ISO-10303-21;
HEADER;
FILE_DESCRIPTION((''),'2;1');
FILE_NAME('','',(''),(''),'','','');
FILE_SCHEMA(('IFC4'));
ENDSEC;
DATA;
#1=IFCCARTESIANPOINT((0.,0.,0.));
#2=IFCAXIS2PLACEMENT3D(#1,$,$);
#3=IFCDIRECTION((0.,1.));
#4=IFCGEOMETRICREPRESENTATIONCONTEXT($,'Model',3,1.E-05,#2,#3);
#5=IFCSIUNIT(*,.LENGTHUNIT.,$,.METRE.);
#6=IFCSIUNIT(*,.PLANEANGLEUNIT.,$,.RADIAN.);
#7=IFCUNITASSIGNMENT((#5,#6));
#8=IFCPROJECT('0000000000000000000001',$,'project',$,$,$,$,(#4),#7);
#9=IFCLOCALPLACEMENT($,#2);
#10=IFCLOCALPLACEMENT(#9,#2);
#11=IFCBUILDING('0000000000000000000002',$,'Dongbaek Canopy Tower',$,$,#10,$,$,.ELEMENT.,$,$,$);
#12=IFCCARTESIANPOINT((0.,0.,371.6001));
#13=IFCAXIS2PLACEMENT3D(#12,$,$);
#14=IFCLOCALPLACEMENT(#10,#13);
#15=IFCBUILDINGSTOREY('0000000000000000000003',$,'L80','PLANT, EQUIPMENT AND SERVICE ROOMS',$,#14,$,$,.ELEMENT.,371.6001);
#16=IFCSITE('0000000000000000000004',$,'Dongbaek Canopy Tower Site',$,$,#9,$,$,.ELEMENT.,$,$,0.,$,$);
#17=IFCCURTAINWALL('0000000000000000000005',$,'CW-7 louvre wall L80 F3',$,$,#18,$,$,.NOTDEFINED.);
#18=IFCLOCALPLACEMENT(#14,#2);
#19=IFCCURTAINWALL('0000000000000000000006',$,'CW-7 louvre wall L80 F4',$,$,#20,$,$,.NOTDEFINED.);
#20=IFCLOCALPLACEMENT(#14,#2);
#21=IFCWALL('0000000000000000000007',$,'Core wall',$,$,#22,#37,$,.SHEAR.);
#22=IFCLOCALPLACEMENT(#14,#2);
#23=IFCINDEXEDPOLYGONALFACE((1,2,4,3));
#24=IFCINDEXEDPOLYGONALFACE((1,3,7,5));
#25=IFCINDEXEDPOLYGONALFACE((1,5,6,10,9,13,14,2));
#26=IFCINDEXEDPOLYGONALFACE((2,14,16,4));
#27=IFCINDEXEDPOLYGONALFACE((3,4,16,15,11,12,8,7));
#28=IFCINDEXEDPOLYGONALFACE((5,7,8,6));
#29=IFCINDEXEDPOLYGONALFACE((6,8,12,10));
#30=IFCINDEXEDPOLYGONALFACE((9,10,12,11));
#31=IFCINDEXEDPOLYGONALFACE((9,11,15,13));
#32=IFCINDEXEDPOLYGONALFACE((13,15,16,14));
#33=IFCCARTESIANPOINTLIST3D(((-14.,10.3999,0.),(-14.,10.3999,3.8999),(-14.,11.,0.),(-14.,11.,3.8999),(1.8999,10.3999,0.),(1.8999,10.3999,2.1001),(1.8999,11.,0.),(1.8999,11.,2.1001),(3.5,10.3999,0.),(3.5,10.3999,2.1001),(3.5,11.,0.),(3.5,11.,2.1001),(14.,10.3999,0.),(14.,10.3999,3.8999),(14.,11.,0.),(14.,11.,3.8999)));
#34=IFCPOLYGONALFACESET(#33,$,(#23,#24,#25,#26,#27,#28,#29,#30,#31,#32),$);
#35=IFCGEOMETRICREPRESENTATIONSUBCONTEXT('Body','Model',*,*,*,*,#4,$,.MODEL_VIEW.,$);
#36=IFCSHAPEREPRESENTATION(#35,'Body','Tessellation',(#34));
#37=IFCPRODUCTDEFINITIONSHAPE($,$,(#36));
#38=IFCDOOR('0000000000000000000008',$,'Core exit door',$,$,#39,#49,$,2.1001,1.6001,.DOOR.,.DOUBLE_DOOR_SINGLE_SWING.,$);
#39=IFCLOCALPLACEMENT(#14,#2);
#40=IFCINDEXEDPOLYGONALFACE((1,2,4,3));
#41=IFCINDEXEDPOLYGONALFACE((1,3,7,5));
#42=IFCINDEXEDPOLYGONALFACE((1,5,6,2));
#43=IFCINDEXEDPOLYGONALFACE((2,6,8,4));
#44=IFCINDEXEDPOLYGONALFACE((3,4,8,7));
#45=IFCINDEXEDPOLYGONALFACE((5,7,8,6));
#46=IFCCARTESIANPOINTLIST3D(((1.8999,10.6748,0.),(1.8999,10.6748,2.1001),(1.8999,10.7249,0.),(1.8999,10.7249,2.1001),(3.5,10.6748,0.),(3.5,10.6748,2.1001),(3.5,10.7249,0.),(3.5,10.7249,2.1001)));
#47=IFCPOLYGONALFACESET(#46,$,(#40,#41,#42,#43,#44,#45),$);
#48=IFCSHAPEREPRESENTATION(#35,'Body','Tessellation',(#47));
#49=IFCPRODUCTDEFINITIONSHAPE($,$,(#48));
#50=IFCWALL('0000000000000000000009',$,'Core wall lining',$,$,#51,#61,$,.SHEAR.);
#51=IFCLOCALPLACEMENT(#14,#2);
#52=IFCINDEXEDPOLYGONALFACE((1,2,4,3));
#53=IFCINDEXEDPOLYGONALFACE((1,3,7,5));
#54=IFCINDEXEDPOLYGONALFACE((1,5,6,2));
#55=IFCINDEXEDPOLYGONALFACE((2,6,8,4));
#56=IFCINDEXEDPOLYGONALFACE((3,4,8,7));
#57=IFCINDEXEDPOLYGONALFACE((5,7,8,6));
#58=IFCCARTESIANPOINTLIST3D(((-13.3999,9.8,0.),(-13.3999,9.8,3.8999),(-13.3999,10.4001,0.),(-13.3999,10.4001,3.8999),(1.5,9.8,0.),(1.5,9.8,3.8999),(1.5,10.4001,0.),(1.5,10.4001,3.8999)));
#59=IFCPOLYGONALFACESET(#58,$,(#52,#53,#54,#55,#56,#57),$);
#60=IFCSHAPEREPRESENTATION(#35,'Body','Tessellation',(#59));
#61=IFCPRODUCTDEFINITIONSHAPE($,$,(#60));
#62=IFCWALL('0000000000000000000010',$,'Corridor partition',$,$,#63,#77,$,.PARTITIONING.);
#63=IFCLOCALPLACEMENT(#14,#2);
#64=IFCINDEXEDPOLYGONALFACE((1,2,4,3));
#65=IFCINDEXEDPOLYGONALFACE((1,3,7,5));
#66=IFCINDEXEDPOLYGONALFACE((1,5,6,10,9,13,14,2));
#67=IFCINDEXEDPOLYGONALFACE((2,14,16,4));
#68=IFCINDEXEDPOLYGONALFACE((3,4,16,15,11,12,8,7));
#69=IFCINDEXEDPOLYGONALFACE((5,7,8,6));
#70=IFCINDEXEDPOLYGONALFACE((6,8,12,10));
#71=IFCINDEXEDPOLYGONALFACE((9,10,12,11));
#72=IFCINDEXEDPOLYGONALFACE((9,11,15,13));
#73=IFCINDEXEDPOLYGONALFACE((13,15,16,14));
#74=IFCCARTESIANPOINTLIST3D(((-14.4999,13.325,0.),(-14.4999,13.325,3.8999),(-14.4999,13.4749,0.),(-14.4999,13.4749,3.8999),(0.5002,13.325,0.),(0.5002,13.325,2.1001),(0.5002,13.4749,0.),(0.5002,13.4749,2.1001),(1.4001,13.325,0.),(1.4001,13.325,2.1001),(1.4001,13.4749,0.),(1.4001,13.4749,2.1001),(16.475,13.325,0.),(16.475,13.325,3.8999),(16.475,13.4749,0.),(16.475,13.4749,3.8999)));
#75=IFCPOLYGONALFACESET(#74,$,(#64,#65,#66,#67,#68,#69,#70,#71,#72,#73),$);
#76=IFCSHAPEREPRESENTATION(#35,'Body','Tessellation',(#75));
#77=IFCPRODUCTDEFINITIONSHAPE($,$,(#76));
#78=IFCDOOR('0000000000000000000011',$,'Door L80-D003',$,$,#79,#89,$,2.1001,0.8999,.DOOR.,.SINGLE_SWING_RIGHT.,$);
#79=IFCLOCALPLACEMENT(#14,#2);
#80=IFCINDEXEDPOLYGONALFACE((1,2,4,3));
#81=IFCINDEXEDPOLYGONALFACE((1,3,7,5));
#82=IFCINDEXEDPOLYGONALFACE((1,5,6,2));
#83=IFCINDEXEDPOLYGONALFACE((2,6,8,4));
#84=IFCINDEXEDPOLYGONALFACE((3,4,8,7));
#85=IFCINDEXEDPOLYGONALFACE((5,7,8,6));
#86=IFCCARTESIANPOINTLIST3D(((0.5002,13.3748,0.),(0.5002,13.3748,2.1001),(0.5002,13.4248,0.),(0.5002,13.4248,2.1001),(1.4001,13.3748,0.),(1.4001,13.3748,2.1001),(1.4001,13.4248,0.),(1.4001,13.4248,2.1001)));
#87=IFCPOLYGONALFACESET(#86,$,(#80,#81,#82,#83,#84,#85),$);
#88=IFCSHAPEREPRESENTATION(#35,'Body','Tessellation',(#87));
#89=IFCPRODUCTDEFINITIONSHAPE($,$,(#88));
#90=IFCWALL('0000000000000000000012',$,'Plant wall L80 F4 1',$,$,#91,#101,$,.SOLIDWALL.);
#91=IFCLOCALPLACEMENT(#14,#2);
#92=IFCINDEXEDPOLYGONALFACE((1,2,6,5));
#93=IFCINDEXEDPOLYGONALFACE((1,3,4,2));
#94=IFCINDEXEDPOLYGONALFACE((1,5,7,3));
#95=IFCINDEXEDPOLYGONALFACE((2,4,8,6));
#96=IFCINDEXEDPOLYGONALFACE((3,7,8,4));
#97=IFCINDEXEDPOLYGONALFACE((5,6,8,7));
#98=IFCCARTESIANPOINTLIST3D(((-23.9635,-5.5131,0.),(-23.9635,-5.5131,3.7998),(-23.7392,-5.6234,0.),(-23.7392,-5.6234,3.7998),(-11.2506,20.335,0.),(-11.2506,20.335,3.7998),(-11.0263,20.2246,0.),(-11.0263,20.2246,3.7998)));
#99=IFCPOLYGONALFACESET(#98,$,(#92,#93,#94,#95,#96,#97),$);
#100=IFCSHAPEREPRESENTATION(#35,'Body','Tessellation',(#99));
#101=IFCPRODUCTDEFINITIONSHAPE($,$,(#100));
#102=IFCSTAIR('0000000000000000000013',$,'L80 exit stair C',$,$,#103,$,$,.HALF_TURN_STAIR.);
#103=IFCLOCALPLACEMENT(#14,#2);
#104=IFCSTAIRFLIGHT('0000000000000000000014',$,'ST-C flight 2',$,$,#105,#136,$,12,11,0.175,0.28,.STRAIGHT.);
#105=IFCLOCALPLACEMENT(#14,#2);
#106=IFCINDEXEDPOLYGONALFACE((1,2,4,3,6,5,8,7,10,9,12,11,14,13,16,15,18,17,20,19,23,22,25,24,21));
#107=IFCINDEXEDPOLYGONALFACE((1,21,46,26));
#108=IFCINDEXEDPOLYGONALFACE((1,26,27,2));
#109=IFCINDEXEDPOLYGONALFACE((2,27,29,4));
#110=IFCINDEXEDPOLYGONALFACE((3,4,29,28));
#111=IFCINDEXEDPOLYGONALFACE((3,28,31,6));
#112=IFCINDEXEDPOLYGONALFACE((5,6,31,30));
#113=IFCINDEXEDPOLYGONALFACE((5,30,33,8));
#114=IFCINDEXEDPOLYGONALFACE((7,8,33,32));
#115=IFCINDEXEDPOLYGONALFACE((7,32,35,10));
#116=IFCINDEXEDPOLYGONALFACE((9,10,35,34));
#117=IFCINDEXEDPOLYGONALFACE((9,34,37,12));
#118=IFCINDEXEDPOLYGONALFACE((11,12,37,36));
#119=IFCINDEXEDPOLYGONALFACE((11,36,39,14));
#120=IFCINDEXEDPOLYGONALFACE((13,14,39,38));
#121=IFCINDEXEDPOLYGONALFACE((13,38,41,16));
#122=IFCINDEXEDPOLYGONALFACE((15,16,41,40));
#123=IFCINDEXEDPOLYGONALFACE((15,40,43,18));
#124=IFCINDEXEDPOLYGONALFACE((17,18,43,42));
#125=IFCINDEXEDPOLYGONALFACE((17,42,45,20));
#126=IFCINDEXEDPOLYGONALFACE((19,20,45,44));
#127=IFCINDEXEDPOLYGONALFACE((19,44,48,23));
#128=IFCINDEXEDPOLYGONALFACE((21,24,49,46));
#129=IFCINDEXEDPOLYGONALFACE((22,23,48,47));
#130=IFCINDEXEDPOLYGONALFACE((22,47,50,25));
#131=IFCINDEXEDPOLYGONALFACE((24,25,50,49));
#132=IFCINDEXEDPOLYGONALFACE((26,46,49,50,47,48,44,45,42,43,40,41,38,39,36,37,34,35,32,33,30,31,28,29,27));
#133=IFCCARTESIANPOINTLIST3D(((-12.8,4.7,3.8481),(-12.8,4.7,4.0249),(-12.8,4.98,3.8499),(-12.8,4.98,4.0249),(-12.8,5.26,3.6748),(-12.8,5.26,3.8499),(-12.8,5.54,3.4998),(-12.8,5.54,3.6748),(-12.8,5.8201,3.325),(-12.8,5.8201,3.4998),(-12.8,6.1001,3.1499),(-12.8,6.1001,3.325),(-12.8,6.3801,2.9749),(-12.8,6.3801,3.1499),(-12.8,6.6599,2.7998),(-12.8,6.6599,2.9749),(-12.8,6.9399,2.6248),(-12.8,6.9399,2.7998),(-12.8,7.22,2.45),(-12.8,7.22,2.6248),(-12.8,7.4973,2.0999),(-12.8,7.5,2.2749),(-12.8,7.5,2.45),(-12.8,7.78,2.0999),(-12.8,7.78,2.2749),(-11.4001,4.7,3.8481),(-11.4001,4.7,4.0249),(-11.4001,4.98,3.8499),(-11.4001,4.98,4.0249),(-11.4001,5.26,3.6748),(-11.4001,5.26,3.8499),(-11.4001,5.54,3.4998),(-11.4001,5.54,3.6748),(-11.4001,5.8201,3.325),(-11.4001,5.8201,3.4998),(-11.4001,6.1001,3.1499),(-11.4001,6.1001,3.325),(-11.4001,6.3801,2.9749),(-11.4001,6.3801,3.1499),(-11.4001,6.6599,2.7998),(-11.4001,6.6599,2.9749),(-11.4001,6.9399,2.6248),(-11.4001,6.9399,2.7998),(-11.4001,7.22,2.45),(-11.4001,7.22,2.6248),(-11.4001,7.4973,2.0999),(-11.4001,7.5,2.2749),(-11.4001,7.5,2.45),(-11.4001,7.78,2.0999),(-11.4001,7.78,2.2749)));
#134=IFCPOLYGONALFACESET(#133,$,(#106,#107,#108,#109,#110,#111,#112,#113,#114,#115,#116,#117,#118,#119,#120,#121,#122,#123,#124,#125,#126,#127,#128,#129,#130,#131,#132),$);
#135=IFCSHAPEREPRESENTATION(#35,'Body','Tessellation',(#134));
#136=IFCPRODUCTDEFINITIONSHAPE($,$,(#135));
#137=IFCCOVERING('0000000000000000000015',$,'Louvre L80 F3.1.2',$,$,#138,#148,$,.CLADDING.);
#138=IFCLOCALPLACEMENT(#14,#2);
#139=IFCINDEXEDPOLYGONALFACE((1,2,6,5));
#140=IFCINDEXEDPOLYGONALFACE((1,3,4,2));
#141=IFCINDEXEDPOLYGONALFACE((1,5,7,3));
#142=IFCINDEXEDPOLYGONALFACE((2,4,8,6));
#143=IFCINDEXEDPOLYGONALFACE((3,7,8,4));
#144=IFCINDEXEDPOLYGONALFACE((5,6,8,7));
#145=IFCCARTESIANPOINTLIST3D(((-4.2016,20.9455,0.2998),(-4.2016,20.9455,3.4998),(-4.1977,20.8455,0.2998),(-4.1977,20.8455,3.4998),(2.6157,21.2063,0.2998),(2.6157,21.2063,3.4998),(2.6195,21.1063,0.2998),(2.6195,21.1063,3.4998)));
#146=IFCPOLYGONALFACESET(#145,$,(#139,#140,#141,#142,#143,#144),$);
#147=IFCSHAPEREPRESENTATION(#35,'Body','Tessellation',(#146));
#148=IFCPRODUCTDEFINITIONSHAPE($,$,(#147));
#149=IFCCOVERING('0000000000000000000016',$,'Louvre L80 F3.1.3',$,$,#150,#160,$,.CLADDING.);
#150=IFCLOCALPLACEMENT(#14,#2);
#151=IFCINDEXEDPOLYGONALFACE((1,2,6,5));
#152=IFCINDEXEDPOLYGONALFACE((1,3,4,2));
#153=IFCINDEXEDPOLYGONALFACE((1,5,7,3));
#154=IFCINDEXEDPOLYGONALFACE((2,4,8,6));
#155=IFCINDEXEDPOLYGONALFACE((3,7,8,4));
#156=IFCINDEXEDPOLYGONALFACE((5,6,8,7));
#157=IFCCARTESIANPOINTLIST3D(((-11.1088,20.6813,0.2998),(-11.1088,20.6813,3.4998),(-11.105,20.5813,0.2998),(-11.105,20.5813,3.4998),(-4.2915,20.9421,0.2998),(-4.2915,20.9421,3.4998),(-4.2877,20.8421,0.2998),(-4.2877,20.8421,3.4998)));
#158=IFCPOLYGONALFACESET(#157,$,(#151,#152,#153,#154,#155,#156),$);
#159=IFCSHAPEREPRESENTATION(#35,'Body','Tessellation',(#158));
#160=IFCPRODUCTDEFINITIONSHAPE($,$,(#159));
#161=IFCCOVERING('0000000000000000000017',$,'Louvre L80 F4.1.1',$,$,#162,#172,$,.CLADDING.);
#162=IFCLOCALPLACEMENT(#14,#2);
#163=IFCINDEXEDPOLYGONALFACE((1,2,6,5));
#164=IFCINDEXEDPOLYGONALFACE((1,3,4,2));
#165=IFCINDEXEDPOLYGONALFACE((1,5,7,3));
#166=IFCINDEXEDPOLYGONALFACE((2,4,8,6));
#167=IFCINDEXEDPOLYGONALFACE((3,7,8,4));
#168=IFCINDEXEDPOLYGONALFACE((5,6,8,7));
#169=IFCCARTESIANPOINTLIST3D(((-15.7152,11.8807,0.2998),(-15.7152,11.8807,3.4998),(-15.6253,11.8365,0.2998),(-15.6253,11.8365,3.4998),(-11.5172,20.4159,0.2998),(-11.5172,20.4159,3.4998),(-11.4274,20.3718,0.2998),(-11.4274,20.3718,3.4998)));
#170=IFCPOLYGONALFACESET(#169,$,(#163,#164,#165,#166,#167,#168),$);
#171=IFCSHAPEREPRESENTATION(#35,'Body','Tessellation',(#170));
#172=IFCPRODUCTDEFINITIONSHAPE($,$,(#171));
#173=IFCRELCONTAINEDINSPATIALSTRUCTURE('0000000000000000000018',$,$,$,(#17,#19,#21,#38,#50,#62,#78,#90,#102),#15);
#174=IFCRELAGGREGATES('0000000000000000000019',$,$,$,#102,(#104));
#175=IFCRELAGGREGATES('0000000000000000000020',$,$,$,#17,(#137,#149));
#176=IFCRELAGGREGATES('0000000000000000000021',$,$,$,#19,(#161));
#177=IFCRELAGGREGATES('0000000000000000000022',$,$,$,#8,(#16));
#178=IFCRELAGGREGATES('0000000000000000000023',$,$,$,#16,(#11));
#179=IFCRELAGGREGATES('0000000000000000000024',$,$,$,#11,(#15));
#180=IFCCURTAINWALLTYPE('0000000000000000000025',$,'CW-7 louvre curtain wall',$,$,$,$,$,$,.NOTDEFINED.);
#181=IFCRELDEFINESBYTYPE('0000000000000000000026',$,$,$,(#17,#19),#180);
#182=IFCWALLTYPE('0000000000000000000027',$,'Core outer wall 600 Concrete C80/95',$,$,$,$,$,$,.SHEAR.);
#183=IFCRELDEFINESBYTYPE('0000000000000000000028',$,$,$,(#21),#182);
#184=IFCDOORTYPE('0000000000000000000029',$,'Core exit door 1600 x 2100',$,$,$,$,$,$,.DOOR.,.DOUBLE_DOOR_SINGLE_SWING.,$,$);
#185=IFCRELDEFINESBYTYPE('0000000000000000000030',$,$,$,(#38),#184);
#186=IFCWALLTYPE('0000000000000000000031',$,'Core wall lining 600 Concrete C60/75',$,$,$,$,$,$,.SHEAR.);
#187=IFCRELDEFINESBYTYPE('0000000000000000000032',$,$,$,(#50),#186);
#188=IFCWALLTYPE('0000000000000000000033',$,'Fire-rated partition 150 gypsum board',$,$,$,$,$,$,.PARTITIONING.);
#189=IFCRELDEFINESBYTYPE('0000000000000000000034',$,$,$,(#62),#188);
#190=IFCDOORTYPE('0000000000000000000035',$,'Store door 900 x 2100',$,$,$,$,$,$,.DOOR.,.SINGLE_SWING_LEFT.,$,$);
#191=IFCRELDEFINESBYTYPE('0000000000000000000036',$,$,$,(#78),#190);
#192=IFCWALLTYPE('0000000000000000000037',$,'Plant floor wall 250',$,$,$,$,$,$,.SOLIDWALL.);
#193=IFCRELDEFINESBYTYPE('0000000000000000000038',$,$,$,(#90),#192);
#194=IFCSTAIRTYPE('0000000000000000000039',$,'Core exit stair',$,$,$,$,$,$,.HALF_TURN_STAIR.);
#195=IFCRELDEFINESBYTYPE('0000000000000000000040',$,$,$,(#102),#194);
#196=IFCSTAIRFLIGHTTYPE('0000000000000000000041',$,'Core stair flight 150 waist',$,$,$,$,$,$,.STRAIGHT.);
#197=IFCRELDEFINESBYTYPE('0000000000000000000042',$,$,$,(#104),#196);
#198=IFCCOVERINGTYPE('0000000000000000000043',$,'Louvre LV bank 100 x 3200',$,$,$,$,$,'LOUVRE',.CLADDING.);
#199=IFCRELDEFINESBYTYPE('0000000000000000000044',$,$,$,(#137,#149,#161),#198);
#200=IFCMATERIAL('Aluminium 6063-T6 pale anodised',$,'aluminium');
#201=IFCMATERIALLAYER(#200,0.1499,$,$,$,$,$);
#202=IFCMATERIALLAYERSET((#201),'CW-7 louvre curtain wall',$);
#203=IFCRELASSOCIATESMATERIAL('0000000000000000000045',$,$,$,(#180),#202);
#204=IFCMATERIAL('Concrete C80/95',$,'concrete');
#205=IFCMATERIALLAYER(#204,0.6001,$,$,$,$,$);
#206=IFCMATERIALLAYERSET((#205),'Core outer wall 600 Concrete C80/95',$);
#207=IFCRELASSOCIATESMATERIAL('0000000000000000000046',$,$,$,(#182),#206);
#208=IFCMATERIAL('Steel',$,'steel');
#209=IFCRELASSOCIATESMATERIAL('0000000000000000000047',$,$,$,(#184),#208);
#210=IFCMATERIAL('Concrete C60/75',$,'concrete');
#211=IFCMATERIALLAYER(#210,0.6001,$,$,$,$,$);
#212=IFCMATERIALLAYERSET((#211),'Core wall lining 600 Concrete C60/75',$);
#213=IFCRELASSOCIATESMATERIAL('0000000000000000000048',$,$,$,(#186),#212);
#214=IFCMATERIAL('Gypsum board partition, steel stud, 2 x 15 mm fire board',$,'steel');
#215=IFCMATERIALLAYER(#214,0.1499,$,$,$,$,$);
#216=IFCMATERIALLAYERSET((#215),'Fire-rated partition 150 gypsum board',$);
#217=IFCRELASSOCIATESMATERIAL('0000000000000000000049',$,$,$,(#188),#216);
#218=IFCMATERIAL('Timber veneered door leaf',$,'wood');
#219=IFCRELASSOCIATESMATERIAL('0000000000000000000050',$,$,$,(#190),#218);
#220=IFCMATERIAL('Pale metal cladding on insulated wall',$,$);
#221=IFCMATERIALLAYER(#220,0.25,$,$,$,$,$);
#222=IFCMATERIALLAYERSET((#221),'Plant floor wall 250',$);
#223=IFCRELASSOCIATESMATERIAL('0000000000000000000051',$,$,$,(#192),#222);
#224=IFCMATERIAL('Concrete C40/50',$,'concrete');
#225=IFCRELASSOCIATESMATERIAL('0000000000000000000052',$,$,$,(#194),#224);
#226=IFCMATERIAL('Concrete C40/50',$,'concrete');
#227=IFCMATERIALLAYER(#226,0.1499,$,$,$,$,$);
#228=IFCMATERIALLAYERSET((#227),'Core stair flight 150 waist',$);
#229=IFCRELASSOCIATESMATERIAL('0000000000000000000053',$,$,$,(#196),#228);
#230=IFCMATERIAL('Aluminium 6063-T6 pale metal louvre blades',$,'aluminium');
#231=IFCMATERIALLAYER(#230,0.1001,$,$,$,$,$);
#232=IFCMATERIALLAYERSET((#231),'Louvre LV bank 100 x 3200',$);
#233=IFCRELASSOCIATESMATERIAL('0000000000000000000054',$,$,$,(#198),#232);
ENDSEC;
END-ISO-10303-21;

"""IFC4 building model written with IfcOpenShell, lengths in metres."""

from ifc_helpers import new_model, si_unit, direction, frame, frame_2d, origin, origin_2d, place, context, subcontext, project, spatial, polyline, rectangle, outline, extrude, material, layer, layer_set, type_object, element, fill, aggregate, save


model = new_model("IFC4")

# Units and contexts
model_context = context("Model", 3, precision=1e-05, world=origin(), true_north=direction((0.0, 1.0)))
body_context = subcontext(model_context, "Body", "Model", "MODEL_VIEW")
ifc_project = project(units=[si_unit("LENGTHUNIT", "METRE"), si_unit("PLANEANGLEUNIT", "RADIAN")], contexts=[model_context])

# Site, building, storey
site_placement = place(None, origin())
site = spatial("IfcSite", under=ifc_project, at=site_placement, Name="Dongbaek Canopy Tower Site", CompositionType="ELEMENT", RefElevation=0.0)
building_placement = place(site_placement, origin())
building = spatial("IfcBuilding", under=site, at=building_placement, Name="Dongbaek Canopy Tower", CompositionType="ELEMENT")
storey_placement = place(building_placement, frame((0.0, 0.0, 371.6001)))
storey = spatial("IfcBuildingStorey", under=building, at=storey_placement, Name="L80", Description="PLANT, EQUIPMENT AND SERVICE ROOMS", CompositionType="ELEMENT", Elevation=371.6001)

# Curtain walls
ifc_material_1 = material(Name="Aluminium 6063-T6 pale anodised", Category="aluminium")
ifc_layer_1 = layer(ifc_material_1, 0.1499)
ifc_layer_set_1 = layer_set([ifc_layer_1], Name="CW-7 louvre curtain wall")
curtain_wall_type = type_object("IfcCurtainWallType", Name="CW-7 louvre curtain wall", PredefinedType="NOTDEFINED", material=ifc_layer_set_1)
curtain_wall_1_placement = place(storey_placement, origin())
curtain_wall_1 = element("IfcCurtainWall", 1, at=curtain_wall_1_placement, inside=storey, type_object=curtain_wall_type, Name="CW-7 louvre wall L80 F3", PredefinedType="NOTDEFINED")
curtain_wall_2_placement = place(storey_placement, origin())
curtain_wall_2 = element("IfcCurtainWall", 2, at=curtain_wall_2_placement, inside=storey, type_object=curtain_wall_type, Name="CW-7 louvre wall L80 F4", PredefinedType="NOTDEFINED")

# Wall, opening, door
ifc_material_2 = material(Name="Concrete C80/95", Category="concrete")
ifc_layer_2 = layer(ifc_material_2, 0.6001)
ifc_layer_set_2 = layer_set([ifc_layer_2], Name="Core outer wall 600 Concrete C80/95")
wall_type_1 = type_object("IfcWallType", Name="Core outer wall 600 Concrete C80/95", PredefinedType="SHEAR", material=ifc_layer_set_2)
wall_1_placement = place(storey_placement, frame((-14.0, 10.7, 0.0), z_axis=(0.0, 0.0, 1.0), x_axis=(1.0, 0.0, 0.0)))
wall_1 = element("IfcWall", 3, at=wall_1_placement, inside=storey, type_object=wall_type_1, Name="Core wall", PredefinedType="SHEAR", context=body_context, shape_type="SweptSolid", body=[
    extrude(rectangle(XDim=28.0, YDim=0.6001, at=frame_2d((14.0, 0.0))), origin(), (0.0, 0.0, 1.0), 3.8999),
])
opening_1_placement = place(wall_1_placement, frame((15.8999, 0.0, 0.0)))
opening_1 = element("IfcOpeningElement", 4, at=opening_1_placement, cuts=wall_1, PredefinedType="OPENING", context=body_context, shape_type="SweptSolid", body=[
    extrude(rectangle(XDim=1.6001, YDim=2.1001, at=frame_2d((0.8, 1.05))), frame((0.0, 0.3101, 0.0), z_axis=(0.0, -1.0, 0.0), x_axis=(1.0, 0.0, 0.0)), (0.0, 0.0, 1.0), 0.6201),
])
ifc_material_3 = material(Name="Steel", Category="steel")
door_type_1 = type_object("IfcDoorType", Name="Core exit door 1600 x 2100", OperationType="DOUBLE_DOOR_SINGLE_SWING", PredefinedType="DOOR", material=ifc_material_3)
door_1_placement = place(opening_1_placement, origin())
door_1 = element("IfcDoor", 5, at=door_1_placement, inside=storey, type_object=door_type_1, Name="Core exit door", OperationType="DOUBLE_DOOR_SINGLE_SWING", OverallHeight=2.1001, OverallWidth=1.6001, PredefinedType="DOOR", context=body_context, shape_type="SweptSolid", body=[
    extrude(rectangle(XDim=1.6001, YDim=2.1001, at=frame_2d((0.8, 1.05))), frame((0.0, 0.0249, 0.0), z_axis=(0.0, -1.0, 0.0), x_axis=(1.0, 0.0, 0.0)), (0.0, 0.0, 1.0), 0.05),
])
fill(opening_1, door_1)

# Wall
ifc_material_4 = material(Name="Concrete C60/75", Category="concrete")
ifc_layer_3 = layer(ifc_material_4, 0.6001)
ifc_layer_set_3 = layer_set([ifc_layer_3], Name="Core wall lining 600 Concrete C60/75")
wall_type_2 = type_object("IfcWallType", Name="Core wall lining 600 Concrete C60/75", PredefinedType="SHEAR", material=ifc_layer_set_3)
wall_2_placement = place(storey_placement, frame((-13.3999, 10.1001, 0.0), z_axis=(0.0, 0.0, 1.0), x_axis=(1.0, 0.0, 0.0)))
element("IfcWall", 6, at=wall_2_placement, inside=storey, type_object=wall_type_2, Name="Core wall lining", PredefinedType="SHEAR", context=body_context, shape_type="SweptSolid", body=[
    extrude(rectangle(XDim=14.8999, YDim=0.6001, at=frame_2d((7.45, 0.0))), origin(), (0.0, 0.0, 1.0), 3.8999),
])

# Wall, opening, door
ifc_material_5 = material(Name="Gypsum board partition, steel stud, 2 x 15 mm fire board", Category="steel")
ifc_layer_4 = layer(ifc_material_5, 0.1499)
ifc_layer_set_4 = layer_set([ifc_layer_4], Name="Fire-rated partition 150 gypsum board")
wall_type_3 = type_object("IfcWallType", Name="Fire-rated partition 150 gypsum board", PredefinedType="PARTITIONING", material=ifc_layer_set_4)
wall_3_placement = place(storey_placement, frame((-14.4998, 13.3999, 0.0), z_axis=(0.0, 0.0, 1.0), x_axis=(1.0, 0.0, 0.0)))
wall_3 = element("IfcWall", 7, at=wall_3_placement, inside=storey, type_object=wall_type_3, Name="Corridor partition", PredefinedType="PARTITIONING", context=body_context, shape_type="SweptSolid", body=[
    extrude(rectangle(XDim=30.9749, YDim=0.1499, at=frame_2d((15.4873, 0.0))), origin(), (0.0, 0.0, 1.0), 3.8999),
])
opening_2_placement = place(wall_3_placement, frame((15.0, 0.0, 0.0)))
opening_2 = element("IfcOpeningElement", 8, at=opening_2_placement, cuts=wall_3, PredefinedType="OPENING", context=body_context, shape_type="SweptSolid", body=[
    extrude(rectangle(XDim=0.8999, YDim=2.1001, at=frame_2d((0.45, 1.05))), frame((0.0, 0.085, 0.0), z_axis=(0.0, -1.0, 0.0), x_axis=(1.0, 0.0, 0.0)), (0.0, 0.0, 1.0), 0.1699),
])
ifc_material_6 = material(Name="Timber veneered door leaf", Category="wood")
door_type_2 = type_object("IfcDoorType", Name="Store door 900 x 2100", OperationType="SINGLE_SWING_LEFT", PredefinedType="DOOR", material=ifc_material_6)
door_2_placement = place(opening_2_placement, origin())
door_2 = element("IfcDoor", 9, at=door_2_placement, inside=storey, type_object=door_type_2, Name="Door L80-D003", OperationType="SINGLE_SWING_RIGHT", OverallHeight=2.1001, OverallWidth=0.8999, PredefinedType="DOOR", context=body_context, shape_type="SweptSolid", body=[
    extrude(rectangle(XDim=0.8999, YDim=2.1001, at=frame_2d((0.45, 1.05))), frame((0.0, 0.0249, 0.0), z_axis=(0.0, -1.0, 0.0), x_axis=(1.0, 0.0, 0.0)), (0.0, 0.0, 1.0), 0.05),
])
fill(opening_2, door_2)

# Wall
ifc_material_7 = material(Name="Pale metal cladding on insulated wall")
ifc_layer_5 = layer(ifc_material_7, 0.25)
ifc_layer_set_5 = layer_set([ifc_layer_5], Name="Plant floor wall 250")
wall_type_4 = type_object("IfcWallType", Name="Plant floor wall 250", PredefinedType="SOLIDWALL", material=ifc_layer_set_5)
wall_4_placement = place(storey_placement, frame((-11.1384, 20.2798, 0.0), z_axis=(0.0, 0.0, 1.0), x_axis=(-0.441342, -0.897339, 0.0)))
element("IfcWall", 10, at=wall_4_placement, inside=storey, type_object=wall_type_4, Name="Plant wall L80 F4 1", PredefinedType="SOLIDWALL", context=body_context, shape_type="SweptSolid", body=[
    extrude(rectangle(XDim=28.8052, YDim=0.25, at=frame_2d((14.4026, 0.0))), origin(), (0.0, 0.0, 1.0), 3.7998),
])

# Stair, stair flight
ifc_material_8 = material(Name="Concrete C40/50", Category="concrete")
stair_type = type_object("IfcStairType", Name="Core exit stair", PredefinedType="HALF_TURN_STAIR", material=ifc_material_8)
stair_placement = place(storey_placement, origin())
stair = element("IfcStair", 11, at=stair_placement, inside=storey, type_object=stair_type, Name="L80 exit stair C", PredefinedType="HALF_TURN_STAIR")
ifc_material_9 = material(Name="Concrete C40/50", Category="concrete")
ifc_layer_6 = layer(ifc_material_9, 0.1499)
ifc_layer_set_6 = layer_set([ifc_layer_6], Name="Core stair flight 150 waist")
stair_flight_type = type_object("IfcStairFlightType", Name="Core stair flight 150 waist", PredefinedType="STRAIGHT", material=ifc_layer_set_6)
stair_flight_placement = place(storey_placement, frame((-12.1001, 7.78, 2.0999), z_axis=(0.0, 0.0, 1.0), x_axis=(0.0, -1.0, 0.0)))
stair_flight = element("IfcStairFlight", 12, at=stair_flight_placement, type_object=stair_flight_type, Name="ST-C flight 2", NumberOfRisers=12, NumberOfTreads=11, PredefinedType="STRAIGHT", RiserHeight=0.175, TreadLength=0.28, context=body_context, shape_type="SweptSolid", body=[
    extrude(outline(polyline([(0.0, 0.0), (0.0, 0.175), (0.28, 0.175), (0.28, 0.3501), (0.5601, 0.3501), (0.5601, 0.5249), (0.8401, 0.5249), (0.8401, 0.7), (1.1201, 0.7), (1.1201, 0.875), (1.3999, 0.875), (1.3999, 1.05), (1.6799, 1.05), (1.6799, 1.2251), (1.96, 1.2251), (1.96, 1.3999), (2.24, 1.3999), (2.24, 1.575), (2.52, 1.575), (2.52, 1.75), (2.8, 1.75), (2.8, 1.925), (3.0801, 1.925), (3.0801, 2.1001), (3.0801, 1.7483), (0.2827, 0.0), (0.0, 0.0)])), frame((0.0, 0.7, 0.0), z_axis=(0.0, -1.0, 0.0), x_axis=(1.0, 0.0, 0.0)), (0.0, 0.0, 1.0), 1.3999),
])
aggregate(stair, [stair_flight])

# Coverings
ifc_material_10 = material(Name="Aluminium 6063-T6 pale metal louvre blades", Category="aluminium")
ifc_layer_7 = layer(ifc_material_10, 0.1001)
ifc_layer_set_7 = layer_set([ifc_layer_7], Name="Louvre LV bank 100 x 3200")
covering_type = type_object("IfcCoveringType", Name="Louvre LV bank 100 x 3200", ElementType="LOUVRE", PredefinedType="CLADDING", material=ifc_layer_set_7)
covering_1_placement = place(storey_placement, frame((-0.791, 21.0259, 0.2998), z_axis=(0.0, 0.0, 1.0), x_axis=(-0.999269, -0.038232, 0.0)))
covering_1 = element("IfcCovering", 13, at=covering_1_placement, type_object=covering_type, Name="Louvre L80 F3.1.2", PredefinedType="CLADDING", context=body_context, shape_type="SweptSolid", body=[
    extrude(rectangle(XDim=6.8223, YDim=0.1001, at=origin_2d()), origin(), (0.0, 0.0, 1.0), 3.2),
])
covering_2_placement = place(storey_placement, frame((-7.6982, 20.7617, 0.2998), z_axis=(0.0, 0.0, 1.0), x_axis=(-0.999269, -0.038232, 0.0)))
covering_2 = element("IfcCovering", 14, at=covering_2_placement, type_object=covering_type, Name="Louvre L80 F3.1.3", PredefinedType="CLADDING", context=body_context, shape_type="SweptSolid", body=[
    extrude(rectangle(XDim=6.8223, YDim=0.1001, at=origin_2d()), origin(), (0.0, 0.0, 1.0), 3.2),
])
covering_3_placement = place(storey_placement, frame((-13.5713, 16.1262, 0.2998), z_axis=(0.0, 0.0, 1.0), x_axis=(-0.441342, -0.897339, 0.0)))
covering_3 = element("IfcCovering", 15, at=covering_3_placement, type_object=covering_type, Name="Louvre L80 F4.1.1", PredefinedType="CLADDING", context=body_context, shape_type="SweptSolid", body=[
    extrude(rectangle(XDim=9.5117, YDim=0.1001, at=origin_2d()), origin(), (0.0, 0.0, 1.0), 3.2),
])

aggregate(curtain_wall_1, [covering_1, covering_2])
aggregate(curtain_wall_2, [covering_3])

save(model, "model.ifc")
